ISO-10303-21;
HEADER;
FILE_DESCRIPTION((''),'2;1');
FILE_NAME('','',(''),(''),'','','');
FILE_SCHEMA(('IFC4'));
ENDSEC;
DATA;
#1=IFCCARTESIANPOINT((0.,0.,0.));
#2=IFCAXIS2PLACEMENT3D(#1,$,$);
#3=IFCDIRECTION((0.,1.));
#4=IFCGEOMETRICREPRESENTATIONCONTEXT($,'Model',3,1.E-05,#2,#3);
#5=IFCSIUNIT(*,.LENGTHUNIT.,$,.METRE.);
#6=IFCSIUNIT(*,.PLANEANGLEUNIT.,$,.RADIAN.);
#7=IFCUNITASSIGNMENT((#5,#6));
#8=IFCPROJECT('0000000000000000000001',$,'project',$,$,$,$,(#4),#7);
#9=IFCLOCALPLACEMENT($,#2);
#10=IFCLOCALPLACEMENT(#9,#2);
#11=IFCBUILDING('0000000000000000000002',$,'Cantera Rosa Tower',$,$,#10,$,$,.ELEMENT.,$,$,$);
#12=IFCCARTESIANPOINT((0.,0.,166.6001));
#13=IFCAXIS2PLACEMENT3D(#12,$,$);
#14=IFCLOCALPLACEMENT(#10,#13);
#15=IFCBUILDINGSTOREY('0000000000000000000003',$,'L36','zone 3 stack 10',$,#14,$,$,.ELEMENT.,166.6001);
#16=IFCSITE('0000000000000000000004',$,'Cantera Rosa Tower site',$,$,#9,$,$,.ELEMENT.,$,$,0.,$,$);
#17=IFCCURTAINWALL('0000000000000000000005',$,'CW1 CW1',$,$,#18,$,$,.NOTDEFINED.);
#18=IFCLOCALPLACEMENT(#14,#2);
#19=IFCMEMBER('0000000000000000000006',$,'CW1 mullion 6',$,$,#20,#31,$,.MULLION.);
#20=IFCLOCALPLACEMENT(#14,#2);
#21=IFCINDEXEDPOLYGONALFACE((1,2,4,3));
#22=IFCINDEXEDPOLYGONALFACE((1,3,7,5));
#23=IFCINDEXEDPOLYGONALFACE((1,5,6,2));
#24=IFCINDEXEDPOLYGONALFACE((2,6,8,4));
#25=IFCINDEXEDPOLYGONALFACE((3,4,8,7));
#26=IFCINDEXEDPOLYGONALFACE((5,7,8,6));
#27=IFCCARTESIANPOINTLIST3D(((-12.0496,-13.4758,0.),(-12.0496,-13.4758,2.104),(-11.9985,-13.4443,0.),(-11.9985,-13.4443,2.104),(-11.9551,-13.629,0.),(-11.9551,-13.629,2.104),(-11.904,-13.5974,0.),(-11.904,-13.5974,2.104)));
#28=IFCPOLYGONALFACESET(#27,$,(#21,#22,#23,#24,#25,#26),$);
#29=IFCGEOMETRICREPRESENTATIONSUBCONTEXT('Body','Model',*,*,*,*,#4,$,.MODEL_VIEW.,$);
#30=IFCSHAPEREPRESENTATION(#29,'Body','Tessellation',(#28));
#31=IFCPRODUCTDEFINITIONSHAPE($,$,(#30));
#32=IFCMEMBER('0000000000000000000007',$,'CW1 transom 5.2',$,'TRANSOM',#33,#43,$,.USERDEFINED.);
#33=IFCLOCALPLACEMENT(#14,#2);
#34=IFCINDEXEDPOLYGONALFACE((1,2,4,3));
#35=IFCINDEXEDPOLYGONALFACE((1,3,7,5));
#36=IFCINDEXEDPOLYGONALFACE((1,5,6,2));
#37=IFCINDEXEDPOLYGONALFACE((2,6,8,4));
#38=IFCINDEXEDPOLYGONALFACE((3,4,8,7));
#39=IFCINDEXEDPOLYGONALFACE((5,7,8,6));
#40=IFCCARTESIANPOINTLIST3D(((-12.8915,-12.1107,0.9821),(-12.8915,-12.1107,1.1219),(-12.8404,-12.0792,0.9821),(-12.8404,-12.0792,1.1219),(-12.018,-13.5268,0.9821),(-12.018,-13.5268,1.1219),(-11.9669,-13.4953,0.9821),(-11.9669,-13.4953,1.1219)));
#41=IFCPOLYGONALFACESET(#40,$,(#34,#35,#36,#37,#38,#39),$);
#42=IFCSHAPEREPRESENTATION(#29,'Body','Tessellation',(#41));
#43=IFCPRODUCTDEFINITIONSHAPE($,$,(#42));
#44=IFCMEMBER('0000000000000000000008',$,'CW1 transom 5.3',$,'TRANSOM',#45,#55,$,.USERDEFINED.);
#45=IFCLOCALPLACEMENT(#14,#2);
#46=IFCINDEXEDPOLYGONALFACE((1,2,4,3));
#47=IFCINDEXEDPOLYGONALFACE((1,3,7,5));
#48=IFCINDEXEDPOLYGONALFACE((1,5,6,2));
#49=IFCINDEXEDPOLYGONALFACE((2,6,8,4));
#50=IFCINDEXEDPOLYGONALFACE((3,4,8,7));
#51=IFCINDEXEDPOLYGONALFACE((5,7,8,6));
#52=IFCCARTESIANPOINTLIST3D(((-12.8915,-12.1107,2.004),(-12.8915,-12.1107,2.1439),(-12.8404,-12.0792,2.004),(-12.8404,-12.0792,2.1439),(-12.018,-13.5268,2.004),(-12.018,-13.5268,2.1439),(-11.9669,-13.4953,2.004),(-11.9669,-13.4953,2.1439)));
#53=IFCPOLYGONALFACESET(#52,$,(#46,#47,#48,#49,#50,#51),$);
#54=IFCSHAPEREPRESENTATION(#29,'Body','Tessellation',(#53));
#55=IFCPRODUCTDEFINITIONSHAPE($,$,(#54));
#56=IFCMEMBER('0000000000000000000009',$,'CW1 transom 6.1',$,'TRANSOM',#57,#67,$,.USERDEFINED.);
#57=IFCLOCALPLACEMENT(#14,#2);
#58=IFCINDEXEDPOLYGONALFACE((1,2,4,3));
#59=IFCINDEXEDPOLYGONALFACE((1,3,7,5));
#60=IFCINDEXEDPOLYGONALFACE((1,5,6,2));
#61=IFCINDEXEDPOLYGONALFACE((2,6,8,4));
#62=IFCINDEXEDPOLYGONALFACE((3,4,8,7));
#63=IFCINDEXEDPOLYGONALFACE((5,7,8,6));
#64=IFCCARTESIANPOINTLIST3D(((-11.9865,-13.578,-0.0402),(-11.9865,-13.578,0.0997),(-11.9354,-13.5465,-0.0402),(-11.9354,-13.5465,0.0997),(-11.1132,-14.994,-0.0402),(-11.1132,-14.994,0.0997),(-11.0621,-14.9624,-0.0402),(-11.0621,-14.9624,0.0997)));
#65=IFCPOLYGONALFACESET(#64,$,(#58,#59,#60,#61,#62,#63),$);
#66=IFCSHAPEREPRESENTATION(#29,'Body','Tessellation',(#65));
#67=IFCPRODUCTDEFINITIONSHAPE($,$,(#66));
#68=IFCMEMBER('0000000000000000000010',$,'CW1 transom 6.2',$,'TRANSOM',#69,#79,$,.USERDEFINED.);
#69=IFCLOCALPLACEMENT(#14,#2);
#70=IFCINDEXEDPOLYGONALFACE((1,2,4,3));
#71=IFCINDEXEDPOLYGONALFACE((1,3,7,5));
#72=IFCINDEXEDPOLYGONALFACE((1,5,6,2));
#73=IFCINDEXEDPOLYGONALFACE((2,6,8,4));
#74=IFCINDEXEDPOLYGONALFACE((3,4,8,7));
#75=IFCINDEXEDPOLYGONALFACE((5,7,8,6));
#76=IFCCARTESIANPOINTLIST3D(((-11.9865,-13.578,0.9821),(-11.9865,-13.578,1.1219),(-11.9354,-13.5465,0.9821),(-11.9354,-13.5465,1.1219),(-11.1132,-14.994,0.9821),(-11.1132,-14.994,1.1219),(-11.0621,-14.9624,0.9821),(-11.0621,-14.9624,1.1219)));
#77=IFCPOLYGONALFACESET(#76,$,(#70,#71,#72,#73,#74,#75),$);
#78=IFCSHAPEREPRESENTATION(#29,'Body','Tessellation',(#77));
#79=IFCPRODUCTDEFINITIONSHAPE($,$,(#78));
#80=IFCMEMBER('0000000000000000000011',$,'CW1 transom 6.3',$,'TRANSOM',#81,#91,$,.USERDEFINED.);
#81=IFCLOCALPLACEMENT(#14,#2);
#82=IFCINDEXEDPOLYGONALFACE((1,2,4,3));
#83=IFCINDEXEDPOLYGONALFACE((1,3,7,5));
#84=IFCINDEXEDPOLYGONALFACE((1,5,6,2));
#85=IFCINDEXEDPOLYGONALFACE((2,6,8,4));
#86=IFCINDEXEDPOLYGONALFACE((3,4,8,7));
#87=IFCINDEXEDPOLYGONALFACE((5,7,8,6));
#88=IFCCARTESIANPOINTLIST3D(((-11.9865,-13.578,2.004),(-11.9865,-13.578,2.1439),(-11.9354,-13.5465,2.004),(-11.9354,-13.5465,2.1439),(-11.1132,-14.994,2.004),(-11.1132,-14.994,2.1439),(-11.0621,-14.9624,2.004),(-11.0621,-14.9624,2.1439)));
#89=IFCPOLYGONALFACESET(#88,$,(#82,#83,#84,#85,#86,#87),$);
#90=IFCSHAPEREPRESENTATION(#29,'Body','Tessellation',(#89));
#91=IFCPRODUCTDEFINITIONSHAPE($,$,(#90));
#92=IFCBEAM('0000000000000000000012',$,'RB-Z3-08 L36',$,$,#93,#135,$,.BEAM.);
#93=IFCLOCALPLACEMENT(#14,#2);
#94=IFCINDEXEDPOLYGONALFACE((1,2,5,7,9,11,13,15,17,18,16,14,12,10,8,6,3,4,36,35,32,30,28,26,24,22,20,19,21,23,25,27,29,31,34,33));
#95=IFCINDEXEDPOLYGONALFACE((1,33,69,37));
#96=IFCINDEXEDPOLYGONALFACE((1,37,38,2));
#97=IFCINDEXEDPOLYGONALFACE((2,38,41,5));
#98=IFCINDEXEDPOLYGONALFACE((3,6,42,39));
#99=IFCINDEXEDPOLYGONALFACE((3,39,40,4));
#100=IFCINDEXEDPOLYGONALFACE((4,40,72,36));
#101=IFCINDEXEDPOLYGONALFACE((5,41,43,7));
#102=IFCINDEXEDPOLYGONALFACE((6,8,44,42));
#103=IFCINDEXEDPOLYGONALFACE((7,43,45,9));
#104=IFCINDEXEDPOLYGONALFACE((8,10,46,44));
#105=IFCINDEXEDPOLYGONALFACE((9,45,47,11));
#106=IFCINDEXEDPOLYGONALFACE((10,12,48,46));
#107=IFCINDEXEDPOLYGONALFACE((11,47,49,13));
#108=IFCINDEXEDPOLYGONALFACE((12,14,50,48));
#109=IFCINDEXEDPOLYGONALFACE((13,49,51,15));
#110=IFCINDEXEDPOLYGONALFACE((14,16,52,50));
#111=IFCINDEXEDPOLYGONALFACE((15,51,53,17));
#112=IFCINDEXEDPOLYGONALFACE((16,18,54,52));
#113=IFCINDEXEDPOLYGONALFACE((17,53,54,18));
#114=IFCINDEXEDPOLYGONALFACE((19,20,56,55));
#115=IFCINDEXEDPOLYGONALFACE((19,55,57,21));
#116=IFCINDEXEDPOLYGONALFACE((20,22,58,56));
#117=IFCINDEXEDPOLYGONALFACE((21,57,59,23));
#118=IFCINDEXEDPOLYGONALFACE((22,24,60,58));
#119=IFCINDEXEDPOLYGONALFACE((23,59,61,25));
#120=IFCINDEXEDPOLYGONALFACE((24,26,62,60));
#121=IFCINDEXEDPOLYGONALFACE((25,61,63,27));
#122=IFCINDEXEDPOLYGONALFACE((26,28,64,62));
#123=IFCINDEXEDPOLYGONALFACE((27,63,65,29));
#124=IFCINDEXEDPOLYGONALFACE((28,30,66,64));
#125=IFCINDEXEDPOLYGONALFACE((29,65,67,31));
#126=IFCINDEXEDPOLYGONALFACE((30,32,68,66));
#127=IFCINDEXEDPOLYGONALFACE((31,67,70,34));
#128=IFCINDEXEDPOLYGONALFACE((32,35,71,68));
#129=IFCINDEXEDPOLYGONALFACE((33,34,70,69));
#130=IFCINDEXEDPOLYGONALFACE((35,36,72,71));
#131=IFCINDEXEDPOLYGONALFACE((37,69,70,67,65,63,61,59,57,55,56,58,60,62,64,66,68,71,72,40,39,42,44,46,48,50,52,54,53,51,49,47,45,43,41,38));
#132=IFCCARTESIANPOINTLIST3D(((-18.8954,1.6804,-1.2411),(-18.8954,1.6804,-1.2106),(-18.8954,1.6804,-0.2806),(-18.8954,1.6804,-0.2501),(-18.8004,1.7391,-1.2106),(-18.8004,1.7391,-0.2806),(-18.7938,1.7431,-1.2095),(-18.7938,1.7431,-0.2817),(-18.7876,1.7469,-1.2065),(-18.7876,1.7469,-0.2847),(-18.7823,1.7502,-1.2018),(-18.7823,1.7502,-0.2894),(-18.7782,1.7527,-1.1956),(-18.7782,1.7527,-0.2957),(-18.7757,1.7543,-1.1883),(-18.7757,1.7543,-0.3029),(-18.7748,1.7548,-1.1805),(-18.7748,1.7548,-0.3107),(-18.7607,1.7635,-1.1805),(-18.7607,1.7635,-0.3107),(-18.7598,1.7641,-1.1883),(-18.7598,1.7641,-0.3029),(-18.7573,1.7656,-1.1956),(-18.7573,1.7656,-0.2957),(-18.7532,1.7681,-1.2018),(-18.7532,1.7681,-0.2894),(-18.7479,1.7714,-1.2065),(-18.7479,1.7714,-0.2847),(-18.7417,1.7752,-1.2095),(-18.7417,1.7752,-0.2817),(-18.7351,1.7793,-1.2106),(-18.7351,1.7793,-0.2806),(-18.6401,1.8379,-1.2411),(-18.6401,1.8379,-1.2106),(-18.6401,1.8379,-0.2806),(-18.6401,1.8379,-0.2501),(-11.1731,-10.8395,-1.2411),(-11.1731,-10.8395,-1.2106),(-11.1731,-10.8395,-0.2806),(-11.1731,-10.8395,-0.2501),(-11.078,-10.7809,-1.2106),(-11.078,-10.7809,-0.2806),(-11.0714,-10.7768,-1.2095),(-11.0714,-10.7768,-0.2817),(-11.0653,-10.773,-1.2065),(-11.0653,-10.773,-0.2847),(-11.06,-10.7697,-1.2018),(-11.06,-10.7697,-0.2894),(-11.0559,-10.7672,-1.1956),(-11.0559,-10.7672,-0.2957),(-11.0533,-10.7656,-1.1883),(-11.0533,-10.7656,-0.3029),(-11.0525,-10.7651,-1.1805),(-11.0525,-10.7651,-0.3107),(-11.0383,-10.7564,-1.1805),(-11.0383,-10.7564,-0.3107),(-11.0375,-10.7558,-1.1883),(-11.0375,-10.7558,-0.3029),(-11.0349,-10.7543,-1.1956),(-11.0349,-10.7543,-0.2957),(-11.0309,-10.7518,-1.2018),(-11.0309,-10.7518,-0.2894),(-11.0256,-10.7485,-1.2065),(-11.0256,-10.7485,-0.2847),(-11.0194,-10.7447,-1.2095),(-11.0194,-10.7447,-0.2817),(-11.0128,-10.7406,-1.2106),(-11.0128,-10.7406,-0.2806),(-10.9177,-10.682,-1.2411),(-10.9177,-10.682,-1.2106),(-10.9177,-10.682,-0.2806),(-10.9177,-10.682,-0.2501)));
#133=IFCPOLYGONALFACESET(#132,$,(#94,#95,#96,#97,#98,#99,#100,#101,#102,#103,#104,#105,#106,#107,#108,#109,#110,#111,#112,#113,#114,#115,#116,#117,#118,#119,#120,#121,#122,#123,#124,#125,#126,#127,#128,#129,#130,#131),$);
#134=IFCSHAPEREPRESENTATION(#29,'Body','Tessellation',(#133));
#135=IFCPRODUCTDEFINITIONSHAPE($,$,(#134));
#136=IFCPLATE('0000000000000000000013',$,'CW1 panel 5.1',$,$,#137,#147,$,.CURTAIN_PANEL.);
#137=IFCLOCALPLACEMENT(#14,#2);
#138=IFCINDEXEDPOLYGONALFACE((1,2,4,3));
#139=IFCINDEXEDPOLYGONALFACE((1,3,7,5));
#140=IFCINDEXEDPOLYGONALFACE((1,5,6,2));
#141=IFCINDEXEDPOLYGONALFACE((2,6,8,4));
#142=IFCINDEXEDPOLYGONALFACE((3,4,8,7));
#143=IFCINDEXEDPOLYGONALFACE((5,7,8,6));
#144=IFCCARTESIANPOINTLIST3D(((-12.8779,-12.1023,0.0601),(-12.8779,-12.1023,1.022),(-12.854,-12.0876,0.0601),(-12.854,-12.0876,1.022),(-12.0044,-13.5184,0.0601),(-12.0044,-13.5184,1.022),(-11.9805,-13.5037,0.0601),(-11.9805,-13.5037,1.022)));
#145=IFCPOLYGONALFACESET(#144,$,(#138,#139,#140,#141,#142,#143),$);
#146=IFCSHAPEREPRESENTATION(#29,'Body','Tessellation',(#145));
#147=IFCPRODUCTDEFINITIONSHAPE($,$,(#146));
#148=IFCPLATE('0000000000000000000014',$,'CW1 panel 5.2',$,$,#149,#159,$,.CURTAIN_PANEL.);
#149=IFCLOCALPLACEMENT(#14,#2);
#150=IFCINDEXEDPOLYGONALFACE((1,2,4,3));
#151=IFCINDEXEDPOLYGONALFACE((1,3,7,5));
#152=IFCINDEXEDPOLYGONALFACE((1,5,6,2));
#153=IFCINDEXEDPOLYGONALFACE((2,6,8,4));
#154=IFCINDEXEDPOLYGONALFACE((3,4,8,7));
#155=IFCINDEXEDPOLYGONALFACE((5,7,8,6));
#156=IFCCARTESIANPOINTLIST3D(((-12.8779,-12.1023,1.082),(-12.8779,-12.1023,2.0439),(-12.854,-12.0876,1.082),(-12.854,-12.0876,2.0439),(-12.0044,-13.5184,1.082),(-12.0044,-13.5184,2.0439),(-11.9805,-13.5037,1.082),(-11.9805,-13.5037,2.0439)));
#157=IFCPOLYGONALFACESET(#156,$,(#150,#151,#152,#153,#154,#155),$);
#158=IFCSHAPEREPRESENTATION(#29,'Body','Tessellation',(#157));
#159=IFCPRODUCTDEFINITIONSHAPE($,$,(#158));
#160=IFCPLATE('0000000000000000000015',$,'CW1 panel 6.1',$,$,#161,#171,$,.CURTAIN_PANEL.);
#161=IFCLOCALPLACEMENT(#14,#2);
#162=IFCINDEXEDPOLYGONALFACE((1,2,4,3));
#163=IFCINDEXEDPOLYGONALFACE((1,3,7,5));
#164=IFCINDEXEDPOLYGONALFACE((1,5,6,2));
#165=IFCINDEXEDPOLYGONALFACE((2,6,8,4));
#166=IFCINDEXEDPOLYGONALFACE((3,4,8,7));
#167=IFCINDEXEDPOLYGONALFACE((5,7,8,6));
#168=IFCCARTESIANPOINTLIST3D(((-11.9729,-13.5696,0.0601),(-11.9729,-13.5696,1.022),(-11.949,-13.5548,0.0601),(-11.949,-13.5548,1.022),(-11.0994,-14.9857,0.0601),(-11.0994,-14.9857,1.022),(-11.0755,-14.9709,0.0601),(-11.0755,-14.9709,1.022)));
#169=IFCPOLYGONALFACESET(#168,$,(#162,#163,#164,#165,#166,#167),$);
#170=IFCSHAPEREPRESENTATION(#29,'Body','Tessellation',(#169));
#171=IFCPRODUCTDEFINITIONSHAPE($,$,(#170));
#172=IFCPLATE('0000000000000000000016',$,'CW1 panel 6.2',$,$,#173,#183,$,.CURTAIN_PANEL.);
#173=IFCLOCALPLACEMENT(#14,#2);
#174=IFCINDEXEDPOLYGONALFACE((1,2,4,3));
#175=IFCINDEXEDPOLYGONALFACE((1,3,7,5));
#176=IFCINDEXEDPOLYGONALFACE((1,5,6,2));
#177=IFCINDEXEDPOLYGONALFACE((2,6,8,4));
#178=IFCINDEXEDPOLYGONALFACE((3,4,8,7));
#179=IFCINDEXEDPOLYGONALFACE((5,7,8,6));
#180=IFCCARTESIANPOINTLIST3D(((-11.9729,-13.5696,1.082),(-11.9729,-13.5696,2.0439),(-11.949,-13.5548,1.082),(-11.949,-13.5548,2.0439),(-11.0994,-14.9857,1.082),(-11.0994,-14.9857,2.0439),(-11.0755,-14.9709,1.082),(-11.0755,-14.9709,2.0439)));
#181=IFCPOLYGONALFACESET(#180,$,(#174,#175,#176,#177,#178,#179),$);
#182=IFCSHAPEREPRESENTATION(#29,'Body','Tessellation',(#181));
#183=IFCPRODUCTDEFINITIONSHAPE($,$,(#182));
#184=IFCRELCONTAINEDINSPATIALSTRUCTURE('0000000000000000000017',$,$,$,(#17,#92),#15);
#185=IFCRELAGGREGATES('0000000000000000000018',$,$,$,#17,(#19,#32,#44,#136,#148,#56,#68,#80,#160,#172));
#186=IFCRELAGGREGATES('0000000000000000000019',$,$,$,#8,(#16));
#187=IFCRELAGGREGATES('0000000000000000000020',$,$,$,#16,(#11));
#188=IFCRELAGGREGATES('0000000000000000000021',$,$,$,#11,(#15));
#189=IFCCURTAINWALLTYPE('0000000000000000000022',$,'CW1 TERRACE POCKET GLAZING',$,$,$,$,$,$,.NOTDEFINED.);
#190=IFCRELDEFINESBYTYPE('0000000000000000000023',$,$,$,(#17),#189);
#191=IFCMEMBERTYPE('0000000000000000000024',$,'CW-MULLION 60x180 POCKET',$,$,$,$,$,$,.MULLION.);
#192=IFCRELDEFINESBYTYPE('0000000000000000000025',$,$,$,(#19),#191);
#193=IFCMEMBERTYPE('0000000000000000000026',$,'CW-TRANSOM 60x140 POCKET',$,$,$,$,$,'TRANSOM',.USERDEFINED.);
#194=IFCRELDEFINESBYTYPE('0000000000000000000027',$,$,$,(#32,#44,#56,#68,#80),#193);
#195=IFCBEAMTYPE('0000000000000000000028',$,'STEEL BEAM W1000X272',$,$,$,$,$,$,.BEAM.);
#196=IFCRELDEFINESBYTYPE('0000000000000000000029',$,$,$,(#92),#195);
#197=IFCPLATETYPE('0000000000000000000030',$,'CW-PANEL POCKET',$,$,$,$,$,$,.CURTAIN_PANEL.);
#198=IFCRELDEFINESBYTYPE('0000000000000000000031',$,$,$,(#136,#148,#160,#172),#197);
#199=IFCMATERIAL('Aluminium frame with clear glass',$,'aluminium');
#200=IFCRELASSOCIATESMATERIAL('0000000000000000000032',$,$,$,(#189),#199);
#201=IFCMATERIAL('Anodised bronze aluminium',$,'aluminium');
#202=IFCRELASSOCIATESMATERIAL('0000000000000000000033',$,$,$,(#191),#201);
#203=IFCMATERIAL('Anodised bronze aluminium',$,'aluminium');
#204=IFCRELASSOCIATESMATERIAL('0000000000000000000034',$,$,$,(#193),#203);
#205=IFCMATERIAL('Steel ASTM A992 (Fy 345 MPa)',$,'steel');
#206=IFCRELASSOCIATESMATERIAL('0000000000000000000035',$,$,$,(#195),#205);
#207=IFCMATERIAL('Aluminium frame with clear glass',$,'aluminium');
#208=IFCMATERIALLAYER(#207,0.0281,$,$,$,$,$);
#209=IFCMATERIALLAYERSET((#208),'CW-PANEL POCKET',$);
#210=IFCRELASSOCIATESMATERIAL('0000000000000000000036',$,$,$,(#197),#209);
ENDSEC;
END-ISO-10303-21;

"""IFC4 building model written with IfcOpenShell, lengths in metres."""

from ifc_helpers import new_model, si_unit, direction, frame, origin, origin_2d, place, context, subcontext, project, spatial, rectangle, i_section, extrude, material, layer, layer_set, material_profile, profile_set, type_object, element, aggregate, save


model = new_model("IFC4")

# Units and contexts
model_context = context("Model", 3, precision=1e-05, world=origin(), true_north=direction((0.0, 1.0)))
body_context = subcontext(model_context, "Body", "Model", "MODEL_VIEW")
ifc_project = project(units=[si_unit("LENGTHUNIT", "METRE"), si_unit("PLANEANGLEUNIT", "RADIAN")], contexts=[model_context])

# Site, building, storey
site_placement = place(None, origin())
site = spatial("IfcSite", under=ifc_project, at=site_placement, Name="Cantera Rosa Tower site", CompositionType="ELEMENT", RefElevation=0.0)
building_placement = place(site_placement, origin())
building = spatial("IfcBuilding", under=site, at=building_placement, Name="Cantera Rosa Tower", CompositionType="ELEMENT")
storey_placement = place(building_placement, frame((0.0, 0.0, 166.6001)))
storey = spatial("IfcBuildingStorey", under=building, at=storey_placement, Name="L36", Description="zone 3 stack 10", CompositionType="ELEMENT", Elevation=166.6001)

# Curtain wall, members
ifc_material_1 = material(Name="Aluminium frame with clear glass", Category="aluminium")
curtain_wall_type = type_object("IfcCurtainWallType", Name="CW1 TERRACE POCKET GLAZING", PredefinedType="NOTDEFINED", material=ifc_material_1)
curtain_wall_placement = place(storey_placement, origin())
curtain_wall = element("IfcCurtainWall", 1, at=curtain_wall_placement, inside=storey, type_object=curtain_wall_type, Name="CW1 CW1", PredefinedType="NOTDEFINED")
ifc_material_2 = material(Name="Anodised bronze aluminium", Category="aluminium")
ifc_material_profile_1 = material_profile(ifc_material_2, rectangle(XDim=0.0601, YDim=0.1799, at=origin_2d()), Name="CW-MULLION 60x180 POCKET")
ifc_profile_set_1 = profile_set([ifc_material_profile_1], Name="Anodised bronze aluminium")
member_type_1 = type_object("IfcMemberType", Name="CW-MULLION 60x180 POCKET", PredefinedType="MULLION", material=ifc_profile_set_1)
member_1_placement = place(storey_placement, frame((-11.9768, -13.5366, 0.0), z_axis=(0.0, 0.0, 1.0), x_axis=(0.851117, 0.524977, 0.0)))
member_1 = element("IfcMember", 2, at=member_1_placement, type_object=member_type_1, Name="CW1 mullion 6", PredefinedType="MULLION", context=body_context, shape_type="SweptSolid", body=[
    extrude(rectangle(XDim=0.0601, YDim=0.1799, at=origin_2d()), origin(), (0.0, 0.0, 1.0), 2.104),
])
ifc_material_3 = material(Name="Anodised bronze aluminium", Category="aluminium")
ifc_material_profile_2 = material_profile(ifc_material_3, rectangle(XDim=0.0601, YDim=0.1399, at=origin_2d()), Name="CW-TRANSOM 60x140 POCKET")
ifc_profile_set_2 = profile_set([ifc_material_profile_2], Name="Anodised bronze aluminium")
member_type_2 = type_object("IfcMemberType", Name="CW-TRANSOM 60x140 POCKET", ElementType="TRANSOM", PredefinedType="USERDEFINED", material=ifc_profile_set_2)
member_2_placement = place(storey_placement, frame((-12.866, -12.095, 1.052), z_axis=(0.52503, -0.851083, 0.0), x_axis=(0.851083, 0.52503, 0.0)))
member_2 = element("IfcMember", 3, at=member_2_placement, type_object=member_type_2, Name="CW1 transom 5.2", ObjectType="TRANSOM", PredefinedType="USERDEFINED", context=body_context, shape_type="SweptSolid", body=[
    extrude(rectangle(XDim=0.0601, YDim=0.1399, at=origin_2d()), origin(), (0.0, 0.0, 1.0), 1.6638),
])
member_3_placement = place(storey_placement, frame((-12.866, -12.095, 2.074), z_axis=(0.52503, -0.851083, 0.0), x_axis=(0.851083, 0.52503, 0.0)))
member_3 = element("IfcMember", 4, at=member_3_placement, type_object=member_type_2, Name="CW1 transom 5.3", ObjectType="TRANSOM", PredefinedType="USERDEFINED", context=body_context, shape_type="SweptSolid", body=[
    extrude(rectangle(XDim=0.0601, YDim=0.1399, at=origin_2d()), origin(), (0.0, 0.0, 1.0), 1.6638),
])
member_4_placement = place(storey_placement, frame((-11.9609, -13.5623, 0.0298), z_axis=(0.524924, -0.851149, 0.0), x_axis=(0.851149, 0.524924, 0.0)))
member_4 = element("IfcMember", 5, at=member_4_placement, type_object=member_type_2, Name="CW1 transom 6.1", ObjectType="TRANSOM", PredefinedType="USERDEFINED", context=body_context, shape_type="SweptSolid", body=[
    extrude(rectangle(XDim=0.0601, YDim=0.1399, at=origin_2d()), origin(), (0.0, 0.0, 1.0), 1.6636),
])
member_5_placement = place(storey_placement, frame((-11.9609, -13.5623, 1.052), z_axis=(0.524924, -0.851149, 0.0), x_axis=(0.851149, 0.524924, 0.0)))
member_5 = element("IfcMember", 6, at=member_5_placement, type_object=member_type_2, Name="CW1 transom 6.2", ObjectType="TRANSOM", PredefinedType="USERDEFINED", context=body_context, shape_type="SweptSolid", body=[
    extrude(rectangle(XDim=0.0601, YDim=0.1399, at=origin_2d()), origin(), (0.0, 0.0, 1.0), 1.6636),
])
member_6_placement = place(storey_placement, frame((-11.9609, -13.5623, 2.074), z_axis=(0.524924, -0.851149, 0.0), x_axis=(0.851149, 0.524924, 0.0)))
member_6 = element("IfcMember", 7, at=member_6_placement, type_object=member_type_2, Name="CW1 transom 6.3", ObjectType="TRANSOM", PredefinedType="USERDEFINED", context=body_context, shape_type="SweptSolid", body=[
    extrude(rectangle(XDim=0.0601, YDim=0.1399, at=origin_2d()), origin(), (0.0, 0.0, 1.0), 1.6636),
])

# Beam
ifc_material_4 = material(Name="Steel ASTM A992 (Fy 345 MPa)", Category="steel")
ifc_material_profile_3 = material_profile(ifc_material_4, i_section(OverallWidth=0.3, OverallDepth=0.991, WebThickness=0.0166, FlangeThickness=0.0305, FilletRadius=0.03, at=origin_2d()), Name="W1000X272")
ifc_profile_set_3 = profile_set([ifc_material_profile_3], Name="Steel ASTM A992 (Fy 345 MPa)")
beam_type = type_object("IfcBeamType", Name="STEEL BEAM W1000X272", PredefinedType="BEAM", material=ifc_profile_set_3)
beam_placement = place(storey_placement, frame((-11.0454, -10.7607, -0.7456), z_axis=(-0.524974, 0.851118, 0.0), x_axis=(-0.851118, -0.524974, 0.0)))
element("IfcBeam", 8, at=beam_placement, inside=storey, type_object=beam_type, Name="RB-Z3-08 L36", PredefinedType="BEAM", context=body_context, shape_type="SweptSolid", body=[
    extrude(i_section(OverallWidth=0.3, OverallDepth=0.991, WebThickness=0.0166, FlangeThickness=0.0305, FilletRadius=0.03, at=origin_2d()), origin(), (0.0, 0.0, 1.0), 14.71),
])

# Plates
ifc_material_5 = material(Name="Aluminium frame with clear glass", Category="aluminium")
ifc_layer_1 = layer(ifc_material_5, 0.0281)
ifc_layer_set_1 = layer_set([ifc_layer_1], Name="CW-PANEL POCKET")
plate_type = type_object("IfcPlateType", Name="CW-PANEL POCKET", PredefinedType="CURTAIN_PANEL", material=ifc_layer_set_1)
plate_1_placement = place(storey_placement, frame((-12.4292, -12.803, 0.0601), z_axis=(0.0, 0.0, 1.0), x_axis=(0.524977, -0.851117, 0.0)))
plate_1 = element("IfcPlate", 9, at=plate_1_placement, type_object=plate_type, Name="CW1 panel 5.1", PredefinedType="CURTAIN_PANEL", context=body_context, shape_type="SweptSolid", body=[
    extrude(rectangle(XDim=1.6638, YDim=0.0281, at=origin_2d()), origin(), (0.0, 0.0, 1.0), 0.9619),
])
plate_2_placement = place(storey_placement, frame((-12.4292, -12.803, 1.082), z_axis=(0.0, 0.0, 1.0), x_axis=(0.524977, -0.851117, 0.0)))
plate_2 = element("IfcPlate", 10, at=plate_2_placement, type_object=plate_type, Name="CW1 panel 5.2", PredefinedType="CURTAIN_PANEL", context=body_context, shape_type="SweptSolid", body=[
    extrude(rectangle(XDim=1.6638, YDim=0.0281, at=origin_2d()), origin(), (0.0, 0.0, 1.0), 0.9619),
])
plate_3_placement = place(storey_placement, frame((-11.5242, -14.2703, 0.0601), z_axis=(0.0, 0.0, 1.0), x_axis=(0.524977, -0.851117, 0.0)))
plate_3 = element("IfcPlate", 11, at=plate_3_placement, type_object=plate_type, Name="CW1 panel 6.1", PredefinedType="CURTAIN_PANEL", context=body_context, shape_type="SweptSolid", body=[
    extrude(rectangle(XDim=1.6638, YDim=0.0281, at=origin_2d()), origin(), (0.0, 0.0, 1.0), 0.9619),
])
plate_4_placement = place(storey_placement, frame((-11.5242, -14.2703, 1.082), z_axis=(0.0, 0.0, 1.0), x_axis=(0.524977, -0.851117, 0.0)))
plate_4 = element("IfcPlate", 12, at=plate_4_placement, type_object=plate_type, Name="CW1 panel 6.2", PredefinedType="CURTAIN_PANEL", context=body_context, shape_type="SweptSolid", body=[
    extrude(rectangle(XDim=1.6638, YDim=0.0281, at=origin_2d()), origin(), (0.0, 0.0, 1.0), 0.9619),
])
aggregate(curtain_wall, [member_1, member_2, member_3, plate_1, plate_2, member_4, member_5, member_6, plate_3, plate_4])

save(model, "model.ifc")
